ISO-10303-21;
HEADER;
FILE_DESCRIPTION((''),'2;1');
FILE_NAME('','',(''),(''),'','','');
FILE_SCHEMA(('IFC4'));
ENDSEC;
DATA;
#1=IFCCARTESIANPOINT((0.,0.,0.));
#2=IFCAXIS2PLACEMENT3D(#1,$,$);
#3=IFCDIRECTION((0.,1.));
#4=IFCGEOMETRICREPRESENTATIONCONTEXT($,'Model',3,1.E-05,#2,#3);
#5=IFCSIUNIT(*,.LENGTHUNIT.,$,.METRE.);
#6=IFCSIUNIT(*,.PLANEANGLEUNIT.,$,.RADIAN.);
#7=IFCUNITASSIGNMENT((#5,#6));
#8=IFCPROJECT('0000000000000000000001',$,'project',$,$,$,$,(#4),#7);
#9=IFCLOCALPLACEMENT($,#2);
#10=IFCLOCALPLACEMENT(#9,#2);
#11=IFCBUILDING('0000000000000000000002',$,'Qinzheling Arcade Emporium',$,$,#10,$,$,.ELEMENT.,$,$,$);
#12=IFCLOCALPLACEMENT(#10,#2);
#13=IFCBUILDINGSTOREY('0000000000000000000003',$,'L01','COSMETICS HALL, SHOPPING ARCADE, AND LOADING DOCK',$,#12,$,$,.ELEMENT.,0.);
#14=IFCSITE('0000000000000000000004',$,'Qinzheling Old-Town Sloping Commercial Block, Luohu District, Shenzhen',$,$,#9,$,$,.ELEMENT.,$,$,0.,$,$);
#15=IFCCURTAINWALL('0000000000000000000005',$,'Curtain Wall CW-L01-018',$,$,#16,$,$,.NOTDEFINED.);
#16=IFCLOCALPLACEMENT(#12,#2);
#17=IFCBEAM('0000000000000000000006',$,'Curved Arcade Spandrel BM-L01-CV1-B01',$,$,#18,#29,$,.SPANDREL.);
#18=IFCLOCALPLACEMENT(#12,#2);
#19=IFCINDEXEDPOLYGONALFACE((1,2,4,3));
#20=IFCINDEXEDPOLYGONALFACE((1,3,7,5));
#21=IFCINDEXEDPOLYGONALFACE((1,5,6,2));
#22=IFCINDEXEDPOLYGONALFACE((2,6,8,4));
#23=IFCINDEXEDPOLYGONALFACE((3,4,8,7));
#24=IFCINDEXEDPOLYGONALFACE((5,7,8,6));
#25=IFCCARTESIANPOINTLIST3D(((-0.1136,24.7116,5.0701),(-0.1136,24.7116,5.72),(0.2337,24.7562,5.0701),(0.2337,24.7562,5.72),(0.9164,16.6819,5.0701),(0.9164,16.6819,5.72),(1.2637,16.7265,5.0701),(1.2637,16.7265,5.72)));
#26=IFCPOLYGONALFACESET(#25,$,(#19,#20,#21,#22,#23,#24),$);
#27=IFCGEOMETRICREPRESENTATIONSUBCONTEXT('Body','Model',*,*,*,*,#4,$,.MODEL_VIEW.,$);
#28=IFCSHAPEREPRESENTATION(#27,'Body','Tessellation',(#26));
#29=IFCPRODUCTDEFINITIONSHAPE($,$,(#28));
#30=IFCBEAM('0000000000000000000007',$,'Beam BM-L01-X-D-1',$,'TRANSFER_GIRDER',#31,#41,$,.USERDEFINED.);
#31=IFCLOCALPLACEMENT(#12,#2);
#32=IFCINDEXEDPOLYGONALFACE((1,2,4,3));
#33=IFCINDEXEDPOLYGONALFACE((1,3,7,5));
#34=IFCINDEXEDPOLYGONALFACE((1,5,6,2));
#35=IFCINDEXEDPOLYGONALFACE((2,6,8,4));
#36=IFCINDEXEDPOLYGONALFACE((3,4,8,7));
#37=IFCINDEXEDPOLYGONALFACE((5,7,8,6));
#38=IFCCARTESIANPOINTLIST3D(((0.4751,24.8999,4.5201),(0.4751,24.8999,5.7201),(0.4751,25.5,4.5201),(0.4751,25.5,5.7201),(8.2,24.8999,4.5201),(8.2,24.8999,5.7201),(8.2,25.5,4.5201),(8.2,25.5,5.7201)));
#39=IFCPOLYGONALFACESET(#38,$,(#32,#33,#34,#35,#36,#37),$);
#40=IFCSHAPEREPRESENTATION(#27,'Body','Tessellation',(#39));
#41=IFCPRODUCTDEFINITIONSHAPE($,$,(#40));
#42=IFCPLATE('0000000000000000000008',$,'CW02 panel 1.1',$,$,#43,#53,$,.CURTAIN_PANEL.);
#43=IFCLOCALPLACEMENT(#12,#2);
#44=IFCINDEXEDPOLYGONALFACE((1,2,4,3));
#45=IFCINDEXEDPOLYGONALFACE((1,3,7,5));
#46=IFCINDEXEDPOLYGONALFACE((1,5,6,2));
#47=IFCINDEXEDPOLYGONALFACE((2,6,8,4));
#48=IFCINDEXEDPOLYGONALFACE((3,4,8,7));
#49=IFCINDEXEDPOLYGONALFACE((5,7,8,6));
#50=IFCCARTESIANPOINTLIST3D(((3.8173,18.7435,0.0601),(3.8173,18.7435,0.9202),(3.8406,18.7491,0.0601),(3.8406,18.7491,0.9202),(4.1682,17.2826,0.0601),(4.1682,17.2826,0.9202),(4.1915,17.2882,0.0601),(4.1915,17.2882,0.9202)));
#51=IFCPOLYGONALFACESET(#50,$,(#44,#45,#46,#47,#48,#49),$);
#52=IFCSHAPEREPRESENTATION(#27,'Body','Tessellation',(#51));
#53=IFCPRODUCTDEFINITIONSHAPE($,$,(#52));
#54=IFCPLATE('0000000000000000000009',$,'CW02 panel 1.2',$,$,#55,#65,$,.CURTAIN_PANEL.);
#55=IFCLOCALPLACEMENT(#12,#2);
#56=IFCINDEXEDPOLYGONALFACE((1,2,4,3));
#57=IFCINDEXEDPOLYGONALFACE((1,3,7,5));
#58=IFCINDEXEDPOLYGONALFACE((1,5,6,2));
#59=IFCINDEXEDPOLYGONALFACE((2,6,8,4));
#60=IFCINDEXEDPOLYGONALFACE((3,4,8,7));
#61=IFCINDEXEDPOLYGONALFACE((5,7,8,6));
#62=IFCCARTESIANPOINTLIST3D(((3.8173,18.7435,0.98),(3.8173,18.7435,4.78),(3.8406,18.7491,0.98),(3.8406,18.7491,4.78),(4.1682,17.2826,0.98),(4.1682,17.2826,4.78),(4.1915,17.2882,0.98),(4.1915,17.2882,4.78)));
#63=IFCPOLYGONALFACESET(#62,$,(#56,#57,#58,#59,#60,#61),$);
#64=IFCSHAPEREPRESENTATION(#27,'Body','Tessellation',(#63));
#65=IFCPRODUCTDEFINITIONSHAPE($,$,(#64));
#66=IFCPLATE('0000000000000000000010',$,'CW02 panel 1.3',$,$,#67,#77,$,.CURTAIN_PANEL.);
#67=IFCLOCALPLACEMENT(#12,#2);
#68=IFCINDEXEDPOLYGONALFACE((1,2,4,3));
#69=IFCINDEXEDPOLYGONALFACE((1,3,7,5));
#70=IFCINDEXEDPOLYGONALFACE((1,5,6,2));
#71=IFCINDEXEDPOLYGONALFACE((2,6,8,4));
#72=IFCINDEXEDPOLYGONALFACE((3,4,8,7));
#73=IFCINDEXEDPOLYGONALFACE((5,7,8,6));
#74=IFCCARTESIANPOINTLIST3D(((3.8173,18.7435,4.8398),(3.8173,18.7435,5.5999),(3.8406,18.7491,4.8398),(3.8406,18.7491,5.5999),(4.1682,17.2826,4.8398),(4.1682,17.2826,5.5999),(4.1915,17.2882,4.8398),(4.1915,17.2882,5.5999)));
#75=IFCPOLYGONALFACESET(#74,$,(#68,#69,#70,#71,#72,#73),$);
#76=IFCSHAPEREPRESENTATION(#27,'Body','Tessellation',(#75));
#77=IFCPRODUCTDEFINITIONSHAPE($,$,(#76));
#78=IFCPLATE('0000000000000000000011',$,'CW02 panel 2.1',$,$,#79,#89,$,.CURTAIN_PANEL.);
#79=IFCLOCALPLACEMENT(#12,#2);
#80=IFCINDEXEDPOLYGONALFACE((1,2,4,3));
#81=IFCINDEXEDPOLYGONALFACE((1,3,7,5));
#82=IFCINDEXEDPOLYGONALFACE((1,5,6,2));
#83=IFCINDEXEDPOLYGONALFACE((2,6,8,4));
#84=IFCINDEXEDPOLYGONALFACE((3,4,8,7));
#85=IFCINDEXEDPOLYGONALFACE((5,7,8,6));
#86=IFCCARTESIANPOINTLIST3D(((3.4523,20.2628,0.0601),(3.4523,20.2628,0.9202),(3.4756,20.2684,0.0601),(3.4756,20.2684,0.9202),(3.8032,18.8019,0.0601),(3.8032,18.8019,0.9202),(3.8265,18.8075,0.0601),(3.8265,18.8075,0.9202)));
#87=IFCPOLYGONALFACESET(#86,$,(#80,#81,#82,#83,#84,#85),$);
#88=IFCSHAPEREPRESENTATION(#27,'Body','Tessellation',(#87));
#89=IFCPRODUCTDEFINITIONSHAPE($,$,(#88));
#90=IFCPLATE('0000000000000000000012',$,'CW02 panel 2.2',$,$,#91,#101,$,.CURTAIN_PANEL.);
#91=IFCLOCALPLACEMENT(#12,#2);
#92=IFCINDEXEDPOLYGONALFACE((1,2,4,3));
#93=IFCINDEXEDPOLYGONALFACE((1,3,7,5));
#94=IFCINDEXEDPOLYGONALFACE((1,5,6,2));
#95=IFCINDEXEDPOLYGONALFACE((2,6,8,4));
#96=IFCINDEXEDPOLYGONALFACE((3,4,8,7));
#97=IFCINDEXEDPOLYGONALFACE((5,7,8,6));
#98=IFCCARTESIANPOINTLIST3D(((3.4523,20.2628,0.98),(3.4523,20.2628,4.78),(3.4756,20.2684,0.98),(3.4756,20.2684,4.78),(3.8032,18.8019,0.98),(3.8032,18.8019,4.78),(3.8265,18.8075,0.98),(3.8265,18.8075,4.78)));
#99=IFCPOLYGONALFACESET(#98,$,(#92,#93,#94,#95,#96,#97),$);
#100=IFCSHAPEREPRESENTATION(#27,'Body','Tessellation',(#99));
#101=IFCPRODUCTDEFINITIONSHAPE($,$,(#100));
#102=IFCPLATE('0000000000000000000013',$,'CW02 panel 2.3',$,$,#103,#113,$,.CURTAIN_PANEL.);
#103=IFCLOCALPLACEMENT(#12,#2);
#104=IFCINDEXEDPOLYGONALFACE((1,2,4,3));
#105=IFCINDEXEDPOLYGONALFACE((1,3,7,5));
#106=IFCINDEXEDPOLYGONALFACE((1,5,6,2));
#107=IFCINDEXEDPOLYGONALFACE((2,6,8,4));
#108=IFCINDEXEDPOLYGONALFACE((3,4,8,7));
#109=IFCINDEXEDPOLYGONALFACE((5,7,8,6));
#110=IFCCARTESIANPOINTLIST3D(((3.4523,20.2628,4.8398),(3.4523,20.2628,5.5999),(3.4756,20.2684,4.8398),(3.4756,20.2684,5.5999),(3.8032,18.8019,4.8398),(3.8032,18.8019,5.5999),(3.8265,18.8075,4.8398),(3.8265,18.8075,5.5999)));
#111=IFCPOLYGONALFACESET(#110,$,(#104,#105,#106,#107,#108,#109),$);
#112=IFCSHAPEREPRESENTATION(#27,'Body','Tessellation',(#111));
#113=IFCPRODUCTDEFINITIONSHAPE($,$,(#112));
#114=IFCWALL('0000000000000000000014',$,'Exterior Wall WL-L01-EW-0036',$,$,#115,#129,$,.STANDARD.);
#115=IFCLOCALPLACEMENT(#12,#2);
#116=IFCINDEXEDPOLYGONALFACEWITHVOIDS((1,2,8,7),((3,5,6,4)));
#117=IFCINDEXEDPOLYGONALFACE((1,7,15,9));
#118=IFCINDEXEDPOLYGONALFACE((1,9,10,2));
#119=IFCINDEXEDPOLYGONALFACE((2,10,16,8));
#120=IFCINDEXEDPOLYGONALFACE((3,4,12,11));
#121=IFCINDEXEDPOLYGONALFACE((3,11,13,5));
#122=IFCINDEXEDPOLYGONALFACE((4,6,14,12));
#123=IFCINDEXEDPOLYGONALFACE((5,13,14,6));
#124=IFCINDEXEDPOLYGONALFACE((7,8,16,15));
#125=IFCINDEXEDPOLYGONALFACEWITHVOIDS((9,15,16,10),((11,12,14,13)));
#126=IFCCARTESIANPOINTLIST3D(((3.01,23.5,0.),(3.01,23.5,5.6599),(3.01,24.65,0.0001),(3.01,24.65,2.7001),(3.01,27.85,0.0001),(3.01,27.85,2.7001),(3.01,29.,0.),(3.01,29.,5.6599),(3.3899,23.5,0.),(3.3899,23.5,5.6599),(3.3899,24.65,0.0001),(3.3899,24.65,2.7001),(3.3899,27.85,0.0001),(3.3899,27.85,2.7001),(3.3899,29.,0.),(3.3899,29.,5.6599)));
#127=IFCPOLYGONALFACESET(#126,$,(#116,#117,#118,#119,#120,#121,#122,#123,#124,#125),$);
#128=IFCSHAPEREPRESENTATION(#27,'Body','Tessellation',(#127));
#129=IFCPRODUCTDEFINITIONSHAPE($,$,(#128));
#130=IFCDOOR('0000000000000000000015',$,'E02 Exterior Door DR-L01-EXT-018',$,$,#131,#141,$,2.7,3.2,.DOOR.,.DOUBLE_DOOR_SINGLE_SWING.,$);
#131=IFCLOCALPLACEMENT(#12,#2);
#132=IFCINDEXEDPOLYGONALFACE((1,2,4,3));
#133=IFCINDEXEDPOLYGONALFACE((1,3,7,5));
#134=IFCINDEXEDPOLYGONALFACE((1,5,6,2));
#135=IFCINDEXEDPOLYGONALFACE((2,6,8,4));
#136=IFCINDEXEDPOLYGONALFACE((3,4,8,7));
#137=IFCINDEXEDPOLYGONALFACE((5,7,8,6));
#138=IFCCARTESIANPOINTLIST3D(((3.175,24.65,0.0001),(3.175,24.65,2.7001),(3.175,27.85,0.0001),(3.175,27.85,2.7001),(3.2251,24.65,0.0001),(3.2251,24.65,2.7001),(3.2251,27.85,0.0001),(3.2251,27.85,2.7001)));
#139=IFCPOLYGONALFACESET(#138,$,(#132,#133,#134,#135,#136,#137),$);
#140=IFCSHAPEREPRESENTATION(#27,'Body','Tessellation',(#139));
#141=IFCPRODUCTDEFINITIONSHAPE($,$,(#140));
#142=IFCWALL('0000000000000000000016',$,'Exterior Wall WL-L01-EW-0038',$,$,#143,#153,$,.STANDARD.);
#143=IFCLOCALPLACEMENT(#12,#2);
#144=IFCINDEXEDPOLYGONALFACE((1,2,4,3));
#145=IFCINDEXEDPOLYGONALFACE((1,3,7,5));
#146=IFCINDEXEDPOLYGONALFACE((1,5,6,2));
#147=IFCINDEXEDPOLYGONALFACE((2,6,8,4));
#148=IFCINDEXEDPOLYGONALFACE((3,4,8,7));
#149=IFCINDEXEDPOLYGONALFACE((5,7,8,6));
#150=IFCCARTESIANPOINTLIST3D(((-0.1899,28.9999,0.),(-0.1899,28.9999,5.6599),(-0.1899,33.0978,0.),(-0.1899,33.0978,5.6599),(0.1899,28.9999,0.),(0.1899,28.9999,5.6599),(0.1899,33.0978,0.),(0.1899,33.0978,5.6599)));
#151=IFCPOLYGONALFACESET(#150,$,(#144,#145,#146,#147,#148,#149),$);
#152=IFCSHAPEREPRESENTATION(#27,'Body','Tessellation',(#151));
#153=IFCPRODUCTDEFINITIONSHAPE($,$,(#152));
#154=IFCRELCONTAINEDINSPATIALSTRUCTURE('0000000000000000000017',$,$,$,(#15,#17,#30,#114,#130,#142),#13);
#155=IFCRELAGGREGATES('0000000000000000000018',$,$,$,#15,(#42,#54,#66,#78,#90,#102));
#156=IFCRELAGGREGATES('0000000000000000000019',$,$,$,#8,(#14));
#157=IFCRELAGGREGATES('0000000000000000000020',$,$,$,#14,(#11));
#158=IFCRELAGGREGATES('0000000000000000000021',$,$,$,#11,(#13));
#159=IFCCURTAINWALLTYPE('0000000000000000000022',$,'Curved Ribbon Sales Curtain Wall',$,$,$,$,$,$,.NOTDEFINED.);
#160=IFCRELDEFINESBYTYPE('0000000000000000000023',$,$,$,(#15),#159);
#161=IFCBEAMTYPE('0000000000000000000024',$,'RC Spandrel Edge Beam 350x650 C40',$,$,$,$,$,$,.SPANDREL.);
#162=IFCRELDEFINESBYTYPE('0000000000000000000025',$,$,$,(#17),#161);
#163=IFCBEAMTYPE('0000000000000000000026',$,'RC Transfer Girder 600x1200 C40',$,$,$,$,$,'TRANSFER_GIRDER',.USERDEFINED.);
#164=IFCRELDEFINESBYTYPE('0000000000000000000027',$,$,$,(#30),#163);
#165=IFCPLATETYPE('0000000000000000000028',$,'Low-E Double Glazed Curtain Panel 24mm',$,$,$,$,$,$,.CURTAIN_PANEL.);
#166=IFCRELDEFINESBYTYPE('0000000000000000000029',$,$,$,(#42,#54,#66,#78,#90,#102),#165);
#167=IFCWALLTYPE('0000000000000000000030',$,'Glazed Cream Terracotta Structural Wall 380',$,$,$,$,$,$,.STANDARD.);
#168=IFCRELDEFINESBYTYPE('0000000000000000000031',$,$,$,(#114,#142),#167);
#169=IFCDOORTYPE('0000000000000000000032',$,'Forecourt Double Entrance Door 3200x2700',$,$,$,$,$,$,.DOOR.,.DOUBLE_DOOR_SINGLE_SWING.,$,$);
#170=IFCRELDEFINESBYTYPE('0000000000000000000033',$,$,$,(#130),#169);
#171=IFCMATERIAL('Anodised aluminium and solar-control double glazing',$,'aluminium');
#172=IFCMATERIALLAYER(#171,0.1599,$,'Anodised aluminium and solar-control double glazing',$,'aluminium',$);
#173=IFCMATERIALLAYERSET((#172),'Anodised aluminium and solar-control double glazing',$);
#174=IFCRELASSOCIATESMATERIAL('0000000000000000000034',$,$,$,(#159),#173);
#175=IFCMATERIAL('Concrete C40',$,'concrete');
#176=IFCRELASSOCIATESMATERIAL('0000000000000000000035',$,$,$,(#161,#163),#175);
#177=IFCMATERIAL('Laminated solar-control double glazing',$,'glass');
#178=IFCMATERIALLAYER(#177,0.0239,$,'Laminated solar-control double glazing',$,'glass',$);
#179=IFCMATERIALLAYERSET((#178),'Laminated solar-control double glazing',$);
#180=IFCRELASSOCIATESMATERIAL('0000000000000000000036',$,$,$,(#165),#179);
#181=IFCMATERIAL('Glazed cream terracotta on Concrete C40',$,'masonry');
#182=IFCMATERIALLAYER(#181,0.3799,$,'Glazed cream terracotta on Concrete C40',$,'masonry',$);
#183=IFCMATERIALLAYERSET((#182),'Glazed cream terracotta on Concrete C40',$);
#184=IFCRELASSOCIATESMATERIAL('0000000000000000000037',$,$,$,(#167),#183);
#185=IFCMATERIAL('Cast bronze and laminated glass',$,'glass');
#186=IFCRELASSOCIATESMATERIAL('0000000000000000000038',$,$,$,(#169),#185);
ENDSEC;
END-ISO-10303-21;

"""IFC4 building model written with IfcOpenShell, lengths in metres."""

from ifc_helpers import new_model, si_unit, direction, frame, frame_2d, origin, origin_2d, place, context, subcontext, project, spatial, rectangle, extrude, material, layer, layer_set, material_profile, profile_set, type_object, element, fill, aggregate, save


model = new_model("IFC4")

# Units and contexts
model_context = context("Model", 3, precision=1e-05, world=origin(), true_north=direction((0.0, 1.0)))
body_context = subcontext(model_context, "Body", "Model", "MODEL_VIEW")
ifc_project = project(units=[si_unit("LENGTHUNIT", "METRE"), si_unit("PLANEANGLEUNIT", "RADIAN")], contexts=[model_context])

# Site, building, storey
site_placement = place(None, origin())
site = spatial("IfcSite", under=ifc_project, at=site_placement, Name="Qinzheling Old-Town Sloping Commercial Block, Luohu District, Shenzhen", CompositionType="ELEMENT", RefElevation=0.0)
building_placement = place(site_placement, origin())
building = spatial("IfcBuilding", under=site, at=building_placement, Name="Qinzheling Arcade Emporium", CompositionType="ELEMENT")
storey_placement = place(building_placement, origin())
storey = spatial("IfcBuildingStorey", under=building, at=storey_placement, Name="L01", Description="COSMETICS HALL, SHOPPING ARCADE, AND LOADING DOCK", CompositionType="ELEMENT", Elevation=0.0)

# Curtain wall
ifc_material_1 = material(Name="Anodised aluminium and solar-control double glazing", Category="aluminium")
ifc_layer_1 = layer(ifc_material_1, 0.1599, Name="Anodised aluminium and solar-control double glazing", Category="aluminium")
ifc_layer_set_1 = layer_set([ifc_layer_1], Name="Anodised aluminium and solar-control double glazing")
curtain_wall_type = type_object("IfcCurtainWallType", Name="Curved Ribbon Sales Curtain Wall", PredefinedType="NOTDEFINED", material=ifc_layer_set_1)
curtain_wall_placement = place(storey_placement, origin())
curtain_wall = element("IfcCurtainWall", 1, at=curtain_wall_placement, inside=storey, type_object=curtain_wall_type, Name="Curtain Wall CW-L01-018", PredefinedType="NOTDEFINED")

# Beams
ifc_material_2 = material(Name="Concrete C40", Category="concrete")
ifc_material_profile_1 = material_profile(ifc_material_2, rectangle(XDim=0.3501, YDim=0.6499, at=origin_2d()), Name="RC 350x650", Category="concrete")
ifc_profile_set_1 = profile_set([ifc_material_profile_1], Name="Concrete C40")
beam_type_1 = type_object("IfcBeamType", Name="RC Spandrel Edge Beam 350x650 C40", PredefinedType="SPANDREL", material=ifc_profile_set_1)
beam_1_placement = place(storey_placement, frame((0.0601, 24.7339, 5.395), z_axis=(0.127234, -0.991873, 0.0), x_axis=(0.991873, 0.127234, 0.0)))
element("IfcBeam", 2, at=beam_1_placement, inside=storey, type_object=beam_type_1, Name="Curved Arcade Spandrel BM-L01-CV1-B01", PredefinedType="SPANDREL", context=body_context, shape_type="SweptSolid", body=[
    extrude(rectangle(XDim=0.3501, YDim=0.6499, at=origin_2d()), origin(), (0.0, 0.0, 1.0), 8.0955),
])
ifc_material_profile_2 = material_profile(ifc_material_2, rectangle(XDim=0.6001, YDim=1.2, at=origin_2d()), Name="RC 600x1200", Category="concrete")
ifc_profile_set_2 = profile_set([ifc_material_profile_2], Name="Concrete C40")
beam_type_2 = type_object("IfcBeamType", Name="RC Transfer Girder 600x1200 C40", ElementType="TRANSFER_GIRDER", PredefinedType="USERDEFINED", material=ifc_profile_set_2)
beam_2_placement = place(storey_placement, frame((0.4751, 25.2, 5.1201), z_axis=(1.0, 0.0, 0.0), x_axis=(0.0, 1.0, 0.0)))
element("IfcBeam", 3, at=beam_2_placement, inside=storey, type_object=beam_type_2, Name="Beam BM-L01-X-D-1", ObjectType="TRANSFER_GIRDER", PredefinedType="USERDEFINED", context=body_context, shape_type="SweptSolid", body=[
    extrude(rectangle(XDim=0.6001, YDim=1.2, at=origin_2d()), origin(), (0.0, 0.0, 1.0), 7.7249),
])

# Plates
ifc_material_3 = material(Name="Laminated solar-control double glazing", Category="glass")
ifc_layer_2 = layer(ifc_material_3, 0.0239, Name="Laminated solar-control double glazing", Category="glass")
ifc_layer_set_2 = layer_set([ifc_layer_2], Name="Laminated solar-control double glazing")
plate_type = type_object("IfcPlateType", Name="Low-E Double Glazed Curtain Panel 24mm", PredefinedType="CURTAIN_PANEL", material=ifc_layer_set_2)
plate_1_placement = place(storey_placement, frame((4.0044, 18.0159, 0.0601), z_axis=(0.0, 0.0, 1.0), x_axis=(-0.233587, 0.972336, 0.0)))
plate_1 = element("IfcPlate", 4, at=plate_1_placement, type_object=plate_type, Name="CW02 panel 1.1", PredefinedType="CURTAIN_PANEL", context=body_context, shape_type="SweptSolid", body=[
    extrude(rectangle(XDim=1.5024, YDim=0.0239, at=origin_2d()), origin(), (0.0, 0.0, 1.0), 0.8601),
])
plate_2_placement = place(storey_placement, frame((4.0044, 18.0159, 0.98), z_axis=(0.0, 0.0, 1.0), x_axis=(-0.233587, 0.972336, 0.0)))
plate_2 = element("IfcPlate", 5, at=plate_2_placement, type_object=plate_type, Name="CW02 panel 1.2", PredefinedType="CURTAIN_PANEL", context=body_context, shape_type="SweptSolid", body=[
    extrude(rectangle(XDim=1.5024, YDim=0.0239, at=origin_2d()), origin(), (0.0, 0.0, 1.0), 3.8),
])
plate_3_placement = place(storey_placement, frame((4.0044, 18.0159, 4.8398), z_axis=(0.0, 0.0, 1.0), x_axis=(-0.233587, 0.972336, 0.0)))
plate_3 = element("IfcPlate", 6, at=plate_3_placement, type_object=plate_type, Name="CW02 panel 1.3", PredefinedType="CURTAIN_PANEL", context=body_context, shape_type="SweptSolid", body=[
    extrude(rectangle(XDim=1.5024, YDim=0.0239, at=origin_2d()), origin(), (0.0, 0.0, 1.0), 0.76),
])
plate_4_placement = place(storey_placement, frame((3.6394, 19.5352, 0.0601), z_axis=(0.0, 0.0, 1.0), x_axis=(-0.233587, 0.972336, 0.0)))
plate_4 = element("IfcPlate", 7, at=plate_4_placement, type_object=plate_type, Name="CW02 panel 2.1", PredefinedType="CURTAIN_PANEL", context=body_context, shape_type="SweptSolid", body=[
    extrude(rectangle(XDim=1.5024, YDim=0.0239, at=origin_2d()), origin(), (0.0, 0.0, 1.0), 0.8601),
])
plate_5_placement = place(storey_placement, frame((3.6394, 19.5352, 0.98), z_axis=(0.0, 0.0, 1.0), x_axis=(-0.233587, 0.972336, 0.0)))
plate_5 = element("IfcPlate", 8, at=plate_5_placement, type_object=plate_type, Name="CW02 panel 2.2", PredefinedType="CURTAIN_PANEL", context=body_context, shape_type="SweptSolid", body=[
    extrude(rectangle(XDim=1.5024, YDim=0.0239, at=origin_2d()), origin(), (0.0, 0.0, 1.0), 3.8),
])
plate_6_placement = place(storey_placement, frame((3.6394, 19.5352, 4.8398), z_axis=(0.0, 0.0, 1.0), x_axis=(-0.233587, 0.972336, 0.0)))
plate_6 = element("IfcPlate", 9, at=plate_6_placement, type_object=plate_type, Name="CW02 panel 2.3", PredefinedType="CURTAIN_PANEL", context=body_context, shape_type="SweptSolid", body=[
    extrude(rectangle(XDim=1.5024, YDim=0.0239, at=origin_2d()), origin(), (0.0, 0.0, 1.0), 0.76),
])
aggregate(curtain_wall, [plate_1, plate_2, plate_3, plate_4, plate_5, plate_6])

# Wall, opening, door
ifc_material_4 = material(Name="Glazed cream terracotta on Concrete C40", Category="masonry")
ifc_layer_3 = layer(ifc_material_4, 0.3799, Name="Glazed cream terracotta on Concrete C40", Category="masonry")
ifc_layer_set_3 = layer_set([ifc_layer_3], Name="Glazed cream terracotta on Concrete C40")
wall_type_1 = type_object("IfcWallType", Name="Glazed Cream Terracotta Structural Wall 380", PredefinedType="STANDARD", material=ifc_layer_set_3)
wall_1_placement = place(storey_placement, frame((3.2, 23.5, 0.0), z_axis=(0.0, 0.0, 1.0), x_axis=(0.0, 1.0, 0.0)))
wall_1 = element("IfcWall", 10, at=wall_1_placement, inside=storey, type_object=wall_type_1, Name="Exterior Wall WL-L01-EW-0036", PredefinedType="STANDARD", context=body_context, shape_type="SweptSolid", body=[
    extrude(rectangle(XDim=5.5, YDim=0.3799, at=frame_2d((2.75, 0.0))), origin(), (0.0, 0.0, 1.0), 5.6599),
])
opening_1_placement = place(wall_1_placement, frame((1.1499, 0.0, 0.0)))
opening_1 = element("IfcOpeningElement", 11, at=opening_1_placement, cuts=wall_1, PredefinedType="OPENING", context=body_context, shape_type="SweptSolid", body=[
    extrude(rectangle(XDim=3.2, YDim=2.7, at=frame_2d((1.6001, 1.3501))), frame((0.0, 0.2, 0.0), z_axis=(0.0, -1.0, 0.0), x_axis=(1.0, 0.0, 0.0)), (0.0, 0.0, 1.0), 0.3999),
])
ifc_material_5 = material(Name="Cast bronze and laminated glass", Category="glass")
door_type = type_object("IfcDoorType", Name="Forecourt Double Entrance Door 3200x2700", OperationType="DOUBLE_DOOR_SINGLE_SWING", PredefinedType="DOOR", material=ifc_material_5)
door_placement = place(opening_1_placement, origin())
door = element("IfcDoor", 12, at=door_placement, inside=storey, type_object=door_type, Name="E02 Exterior Door DR-L01-EXT-018", OperationType="DOUBLE_DOOR_SINGLE_SWING", OverallHeight=2.7, OverallWidth=3.2, PredefinedType="DOOR", context=body_context, shape_type="SweptSolid", body=[
    extrude(rectangle(XDim=3.2, YDim=2.7, at=frame_2d((1.6001, 1.3501))), frame((0.0, 0.0249, 0.0), z_axis=(0.0, -1.0, 0.0), x_axis=(1.0, 0.0, 0.0)), (0.0, 0.0, 1.0), 0.05),
])
fill(opening_1, door)

# Wall
wall_2_placement = place(storey_placement, frame((0.0, 29.0, 0.0), z_axis=(0.0, 0.0, 1.0), x_axis=(0.0, 1.0, 0.0)))
element("IfcWall", 13, at=wall_2_placement, inside=storey, type_object=wall_type_1, Name="Exterior Wall WL-L01-EW-0038", PredefinedType="STANDARD", context=body_context, shape_type="SweptSolid", body=[
    extrude(rectangle(XDim=4.0979, YDim=0.3799, at=frame_2d((2.0488, 0.0))), origin(), (0.0, 0.0, 1.0), 5.6599),
])

save(model, "model.ifc")
